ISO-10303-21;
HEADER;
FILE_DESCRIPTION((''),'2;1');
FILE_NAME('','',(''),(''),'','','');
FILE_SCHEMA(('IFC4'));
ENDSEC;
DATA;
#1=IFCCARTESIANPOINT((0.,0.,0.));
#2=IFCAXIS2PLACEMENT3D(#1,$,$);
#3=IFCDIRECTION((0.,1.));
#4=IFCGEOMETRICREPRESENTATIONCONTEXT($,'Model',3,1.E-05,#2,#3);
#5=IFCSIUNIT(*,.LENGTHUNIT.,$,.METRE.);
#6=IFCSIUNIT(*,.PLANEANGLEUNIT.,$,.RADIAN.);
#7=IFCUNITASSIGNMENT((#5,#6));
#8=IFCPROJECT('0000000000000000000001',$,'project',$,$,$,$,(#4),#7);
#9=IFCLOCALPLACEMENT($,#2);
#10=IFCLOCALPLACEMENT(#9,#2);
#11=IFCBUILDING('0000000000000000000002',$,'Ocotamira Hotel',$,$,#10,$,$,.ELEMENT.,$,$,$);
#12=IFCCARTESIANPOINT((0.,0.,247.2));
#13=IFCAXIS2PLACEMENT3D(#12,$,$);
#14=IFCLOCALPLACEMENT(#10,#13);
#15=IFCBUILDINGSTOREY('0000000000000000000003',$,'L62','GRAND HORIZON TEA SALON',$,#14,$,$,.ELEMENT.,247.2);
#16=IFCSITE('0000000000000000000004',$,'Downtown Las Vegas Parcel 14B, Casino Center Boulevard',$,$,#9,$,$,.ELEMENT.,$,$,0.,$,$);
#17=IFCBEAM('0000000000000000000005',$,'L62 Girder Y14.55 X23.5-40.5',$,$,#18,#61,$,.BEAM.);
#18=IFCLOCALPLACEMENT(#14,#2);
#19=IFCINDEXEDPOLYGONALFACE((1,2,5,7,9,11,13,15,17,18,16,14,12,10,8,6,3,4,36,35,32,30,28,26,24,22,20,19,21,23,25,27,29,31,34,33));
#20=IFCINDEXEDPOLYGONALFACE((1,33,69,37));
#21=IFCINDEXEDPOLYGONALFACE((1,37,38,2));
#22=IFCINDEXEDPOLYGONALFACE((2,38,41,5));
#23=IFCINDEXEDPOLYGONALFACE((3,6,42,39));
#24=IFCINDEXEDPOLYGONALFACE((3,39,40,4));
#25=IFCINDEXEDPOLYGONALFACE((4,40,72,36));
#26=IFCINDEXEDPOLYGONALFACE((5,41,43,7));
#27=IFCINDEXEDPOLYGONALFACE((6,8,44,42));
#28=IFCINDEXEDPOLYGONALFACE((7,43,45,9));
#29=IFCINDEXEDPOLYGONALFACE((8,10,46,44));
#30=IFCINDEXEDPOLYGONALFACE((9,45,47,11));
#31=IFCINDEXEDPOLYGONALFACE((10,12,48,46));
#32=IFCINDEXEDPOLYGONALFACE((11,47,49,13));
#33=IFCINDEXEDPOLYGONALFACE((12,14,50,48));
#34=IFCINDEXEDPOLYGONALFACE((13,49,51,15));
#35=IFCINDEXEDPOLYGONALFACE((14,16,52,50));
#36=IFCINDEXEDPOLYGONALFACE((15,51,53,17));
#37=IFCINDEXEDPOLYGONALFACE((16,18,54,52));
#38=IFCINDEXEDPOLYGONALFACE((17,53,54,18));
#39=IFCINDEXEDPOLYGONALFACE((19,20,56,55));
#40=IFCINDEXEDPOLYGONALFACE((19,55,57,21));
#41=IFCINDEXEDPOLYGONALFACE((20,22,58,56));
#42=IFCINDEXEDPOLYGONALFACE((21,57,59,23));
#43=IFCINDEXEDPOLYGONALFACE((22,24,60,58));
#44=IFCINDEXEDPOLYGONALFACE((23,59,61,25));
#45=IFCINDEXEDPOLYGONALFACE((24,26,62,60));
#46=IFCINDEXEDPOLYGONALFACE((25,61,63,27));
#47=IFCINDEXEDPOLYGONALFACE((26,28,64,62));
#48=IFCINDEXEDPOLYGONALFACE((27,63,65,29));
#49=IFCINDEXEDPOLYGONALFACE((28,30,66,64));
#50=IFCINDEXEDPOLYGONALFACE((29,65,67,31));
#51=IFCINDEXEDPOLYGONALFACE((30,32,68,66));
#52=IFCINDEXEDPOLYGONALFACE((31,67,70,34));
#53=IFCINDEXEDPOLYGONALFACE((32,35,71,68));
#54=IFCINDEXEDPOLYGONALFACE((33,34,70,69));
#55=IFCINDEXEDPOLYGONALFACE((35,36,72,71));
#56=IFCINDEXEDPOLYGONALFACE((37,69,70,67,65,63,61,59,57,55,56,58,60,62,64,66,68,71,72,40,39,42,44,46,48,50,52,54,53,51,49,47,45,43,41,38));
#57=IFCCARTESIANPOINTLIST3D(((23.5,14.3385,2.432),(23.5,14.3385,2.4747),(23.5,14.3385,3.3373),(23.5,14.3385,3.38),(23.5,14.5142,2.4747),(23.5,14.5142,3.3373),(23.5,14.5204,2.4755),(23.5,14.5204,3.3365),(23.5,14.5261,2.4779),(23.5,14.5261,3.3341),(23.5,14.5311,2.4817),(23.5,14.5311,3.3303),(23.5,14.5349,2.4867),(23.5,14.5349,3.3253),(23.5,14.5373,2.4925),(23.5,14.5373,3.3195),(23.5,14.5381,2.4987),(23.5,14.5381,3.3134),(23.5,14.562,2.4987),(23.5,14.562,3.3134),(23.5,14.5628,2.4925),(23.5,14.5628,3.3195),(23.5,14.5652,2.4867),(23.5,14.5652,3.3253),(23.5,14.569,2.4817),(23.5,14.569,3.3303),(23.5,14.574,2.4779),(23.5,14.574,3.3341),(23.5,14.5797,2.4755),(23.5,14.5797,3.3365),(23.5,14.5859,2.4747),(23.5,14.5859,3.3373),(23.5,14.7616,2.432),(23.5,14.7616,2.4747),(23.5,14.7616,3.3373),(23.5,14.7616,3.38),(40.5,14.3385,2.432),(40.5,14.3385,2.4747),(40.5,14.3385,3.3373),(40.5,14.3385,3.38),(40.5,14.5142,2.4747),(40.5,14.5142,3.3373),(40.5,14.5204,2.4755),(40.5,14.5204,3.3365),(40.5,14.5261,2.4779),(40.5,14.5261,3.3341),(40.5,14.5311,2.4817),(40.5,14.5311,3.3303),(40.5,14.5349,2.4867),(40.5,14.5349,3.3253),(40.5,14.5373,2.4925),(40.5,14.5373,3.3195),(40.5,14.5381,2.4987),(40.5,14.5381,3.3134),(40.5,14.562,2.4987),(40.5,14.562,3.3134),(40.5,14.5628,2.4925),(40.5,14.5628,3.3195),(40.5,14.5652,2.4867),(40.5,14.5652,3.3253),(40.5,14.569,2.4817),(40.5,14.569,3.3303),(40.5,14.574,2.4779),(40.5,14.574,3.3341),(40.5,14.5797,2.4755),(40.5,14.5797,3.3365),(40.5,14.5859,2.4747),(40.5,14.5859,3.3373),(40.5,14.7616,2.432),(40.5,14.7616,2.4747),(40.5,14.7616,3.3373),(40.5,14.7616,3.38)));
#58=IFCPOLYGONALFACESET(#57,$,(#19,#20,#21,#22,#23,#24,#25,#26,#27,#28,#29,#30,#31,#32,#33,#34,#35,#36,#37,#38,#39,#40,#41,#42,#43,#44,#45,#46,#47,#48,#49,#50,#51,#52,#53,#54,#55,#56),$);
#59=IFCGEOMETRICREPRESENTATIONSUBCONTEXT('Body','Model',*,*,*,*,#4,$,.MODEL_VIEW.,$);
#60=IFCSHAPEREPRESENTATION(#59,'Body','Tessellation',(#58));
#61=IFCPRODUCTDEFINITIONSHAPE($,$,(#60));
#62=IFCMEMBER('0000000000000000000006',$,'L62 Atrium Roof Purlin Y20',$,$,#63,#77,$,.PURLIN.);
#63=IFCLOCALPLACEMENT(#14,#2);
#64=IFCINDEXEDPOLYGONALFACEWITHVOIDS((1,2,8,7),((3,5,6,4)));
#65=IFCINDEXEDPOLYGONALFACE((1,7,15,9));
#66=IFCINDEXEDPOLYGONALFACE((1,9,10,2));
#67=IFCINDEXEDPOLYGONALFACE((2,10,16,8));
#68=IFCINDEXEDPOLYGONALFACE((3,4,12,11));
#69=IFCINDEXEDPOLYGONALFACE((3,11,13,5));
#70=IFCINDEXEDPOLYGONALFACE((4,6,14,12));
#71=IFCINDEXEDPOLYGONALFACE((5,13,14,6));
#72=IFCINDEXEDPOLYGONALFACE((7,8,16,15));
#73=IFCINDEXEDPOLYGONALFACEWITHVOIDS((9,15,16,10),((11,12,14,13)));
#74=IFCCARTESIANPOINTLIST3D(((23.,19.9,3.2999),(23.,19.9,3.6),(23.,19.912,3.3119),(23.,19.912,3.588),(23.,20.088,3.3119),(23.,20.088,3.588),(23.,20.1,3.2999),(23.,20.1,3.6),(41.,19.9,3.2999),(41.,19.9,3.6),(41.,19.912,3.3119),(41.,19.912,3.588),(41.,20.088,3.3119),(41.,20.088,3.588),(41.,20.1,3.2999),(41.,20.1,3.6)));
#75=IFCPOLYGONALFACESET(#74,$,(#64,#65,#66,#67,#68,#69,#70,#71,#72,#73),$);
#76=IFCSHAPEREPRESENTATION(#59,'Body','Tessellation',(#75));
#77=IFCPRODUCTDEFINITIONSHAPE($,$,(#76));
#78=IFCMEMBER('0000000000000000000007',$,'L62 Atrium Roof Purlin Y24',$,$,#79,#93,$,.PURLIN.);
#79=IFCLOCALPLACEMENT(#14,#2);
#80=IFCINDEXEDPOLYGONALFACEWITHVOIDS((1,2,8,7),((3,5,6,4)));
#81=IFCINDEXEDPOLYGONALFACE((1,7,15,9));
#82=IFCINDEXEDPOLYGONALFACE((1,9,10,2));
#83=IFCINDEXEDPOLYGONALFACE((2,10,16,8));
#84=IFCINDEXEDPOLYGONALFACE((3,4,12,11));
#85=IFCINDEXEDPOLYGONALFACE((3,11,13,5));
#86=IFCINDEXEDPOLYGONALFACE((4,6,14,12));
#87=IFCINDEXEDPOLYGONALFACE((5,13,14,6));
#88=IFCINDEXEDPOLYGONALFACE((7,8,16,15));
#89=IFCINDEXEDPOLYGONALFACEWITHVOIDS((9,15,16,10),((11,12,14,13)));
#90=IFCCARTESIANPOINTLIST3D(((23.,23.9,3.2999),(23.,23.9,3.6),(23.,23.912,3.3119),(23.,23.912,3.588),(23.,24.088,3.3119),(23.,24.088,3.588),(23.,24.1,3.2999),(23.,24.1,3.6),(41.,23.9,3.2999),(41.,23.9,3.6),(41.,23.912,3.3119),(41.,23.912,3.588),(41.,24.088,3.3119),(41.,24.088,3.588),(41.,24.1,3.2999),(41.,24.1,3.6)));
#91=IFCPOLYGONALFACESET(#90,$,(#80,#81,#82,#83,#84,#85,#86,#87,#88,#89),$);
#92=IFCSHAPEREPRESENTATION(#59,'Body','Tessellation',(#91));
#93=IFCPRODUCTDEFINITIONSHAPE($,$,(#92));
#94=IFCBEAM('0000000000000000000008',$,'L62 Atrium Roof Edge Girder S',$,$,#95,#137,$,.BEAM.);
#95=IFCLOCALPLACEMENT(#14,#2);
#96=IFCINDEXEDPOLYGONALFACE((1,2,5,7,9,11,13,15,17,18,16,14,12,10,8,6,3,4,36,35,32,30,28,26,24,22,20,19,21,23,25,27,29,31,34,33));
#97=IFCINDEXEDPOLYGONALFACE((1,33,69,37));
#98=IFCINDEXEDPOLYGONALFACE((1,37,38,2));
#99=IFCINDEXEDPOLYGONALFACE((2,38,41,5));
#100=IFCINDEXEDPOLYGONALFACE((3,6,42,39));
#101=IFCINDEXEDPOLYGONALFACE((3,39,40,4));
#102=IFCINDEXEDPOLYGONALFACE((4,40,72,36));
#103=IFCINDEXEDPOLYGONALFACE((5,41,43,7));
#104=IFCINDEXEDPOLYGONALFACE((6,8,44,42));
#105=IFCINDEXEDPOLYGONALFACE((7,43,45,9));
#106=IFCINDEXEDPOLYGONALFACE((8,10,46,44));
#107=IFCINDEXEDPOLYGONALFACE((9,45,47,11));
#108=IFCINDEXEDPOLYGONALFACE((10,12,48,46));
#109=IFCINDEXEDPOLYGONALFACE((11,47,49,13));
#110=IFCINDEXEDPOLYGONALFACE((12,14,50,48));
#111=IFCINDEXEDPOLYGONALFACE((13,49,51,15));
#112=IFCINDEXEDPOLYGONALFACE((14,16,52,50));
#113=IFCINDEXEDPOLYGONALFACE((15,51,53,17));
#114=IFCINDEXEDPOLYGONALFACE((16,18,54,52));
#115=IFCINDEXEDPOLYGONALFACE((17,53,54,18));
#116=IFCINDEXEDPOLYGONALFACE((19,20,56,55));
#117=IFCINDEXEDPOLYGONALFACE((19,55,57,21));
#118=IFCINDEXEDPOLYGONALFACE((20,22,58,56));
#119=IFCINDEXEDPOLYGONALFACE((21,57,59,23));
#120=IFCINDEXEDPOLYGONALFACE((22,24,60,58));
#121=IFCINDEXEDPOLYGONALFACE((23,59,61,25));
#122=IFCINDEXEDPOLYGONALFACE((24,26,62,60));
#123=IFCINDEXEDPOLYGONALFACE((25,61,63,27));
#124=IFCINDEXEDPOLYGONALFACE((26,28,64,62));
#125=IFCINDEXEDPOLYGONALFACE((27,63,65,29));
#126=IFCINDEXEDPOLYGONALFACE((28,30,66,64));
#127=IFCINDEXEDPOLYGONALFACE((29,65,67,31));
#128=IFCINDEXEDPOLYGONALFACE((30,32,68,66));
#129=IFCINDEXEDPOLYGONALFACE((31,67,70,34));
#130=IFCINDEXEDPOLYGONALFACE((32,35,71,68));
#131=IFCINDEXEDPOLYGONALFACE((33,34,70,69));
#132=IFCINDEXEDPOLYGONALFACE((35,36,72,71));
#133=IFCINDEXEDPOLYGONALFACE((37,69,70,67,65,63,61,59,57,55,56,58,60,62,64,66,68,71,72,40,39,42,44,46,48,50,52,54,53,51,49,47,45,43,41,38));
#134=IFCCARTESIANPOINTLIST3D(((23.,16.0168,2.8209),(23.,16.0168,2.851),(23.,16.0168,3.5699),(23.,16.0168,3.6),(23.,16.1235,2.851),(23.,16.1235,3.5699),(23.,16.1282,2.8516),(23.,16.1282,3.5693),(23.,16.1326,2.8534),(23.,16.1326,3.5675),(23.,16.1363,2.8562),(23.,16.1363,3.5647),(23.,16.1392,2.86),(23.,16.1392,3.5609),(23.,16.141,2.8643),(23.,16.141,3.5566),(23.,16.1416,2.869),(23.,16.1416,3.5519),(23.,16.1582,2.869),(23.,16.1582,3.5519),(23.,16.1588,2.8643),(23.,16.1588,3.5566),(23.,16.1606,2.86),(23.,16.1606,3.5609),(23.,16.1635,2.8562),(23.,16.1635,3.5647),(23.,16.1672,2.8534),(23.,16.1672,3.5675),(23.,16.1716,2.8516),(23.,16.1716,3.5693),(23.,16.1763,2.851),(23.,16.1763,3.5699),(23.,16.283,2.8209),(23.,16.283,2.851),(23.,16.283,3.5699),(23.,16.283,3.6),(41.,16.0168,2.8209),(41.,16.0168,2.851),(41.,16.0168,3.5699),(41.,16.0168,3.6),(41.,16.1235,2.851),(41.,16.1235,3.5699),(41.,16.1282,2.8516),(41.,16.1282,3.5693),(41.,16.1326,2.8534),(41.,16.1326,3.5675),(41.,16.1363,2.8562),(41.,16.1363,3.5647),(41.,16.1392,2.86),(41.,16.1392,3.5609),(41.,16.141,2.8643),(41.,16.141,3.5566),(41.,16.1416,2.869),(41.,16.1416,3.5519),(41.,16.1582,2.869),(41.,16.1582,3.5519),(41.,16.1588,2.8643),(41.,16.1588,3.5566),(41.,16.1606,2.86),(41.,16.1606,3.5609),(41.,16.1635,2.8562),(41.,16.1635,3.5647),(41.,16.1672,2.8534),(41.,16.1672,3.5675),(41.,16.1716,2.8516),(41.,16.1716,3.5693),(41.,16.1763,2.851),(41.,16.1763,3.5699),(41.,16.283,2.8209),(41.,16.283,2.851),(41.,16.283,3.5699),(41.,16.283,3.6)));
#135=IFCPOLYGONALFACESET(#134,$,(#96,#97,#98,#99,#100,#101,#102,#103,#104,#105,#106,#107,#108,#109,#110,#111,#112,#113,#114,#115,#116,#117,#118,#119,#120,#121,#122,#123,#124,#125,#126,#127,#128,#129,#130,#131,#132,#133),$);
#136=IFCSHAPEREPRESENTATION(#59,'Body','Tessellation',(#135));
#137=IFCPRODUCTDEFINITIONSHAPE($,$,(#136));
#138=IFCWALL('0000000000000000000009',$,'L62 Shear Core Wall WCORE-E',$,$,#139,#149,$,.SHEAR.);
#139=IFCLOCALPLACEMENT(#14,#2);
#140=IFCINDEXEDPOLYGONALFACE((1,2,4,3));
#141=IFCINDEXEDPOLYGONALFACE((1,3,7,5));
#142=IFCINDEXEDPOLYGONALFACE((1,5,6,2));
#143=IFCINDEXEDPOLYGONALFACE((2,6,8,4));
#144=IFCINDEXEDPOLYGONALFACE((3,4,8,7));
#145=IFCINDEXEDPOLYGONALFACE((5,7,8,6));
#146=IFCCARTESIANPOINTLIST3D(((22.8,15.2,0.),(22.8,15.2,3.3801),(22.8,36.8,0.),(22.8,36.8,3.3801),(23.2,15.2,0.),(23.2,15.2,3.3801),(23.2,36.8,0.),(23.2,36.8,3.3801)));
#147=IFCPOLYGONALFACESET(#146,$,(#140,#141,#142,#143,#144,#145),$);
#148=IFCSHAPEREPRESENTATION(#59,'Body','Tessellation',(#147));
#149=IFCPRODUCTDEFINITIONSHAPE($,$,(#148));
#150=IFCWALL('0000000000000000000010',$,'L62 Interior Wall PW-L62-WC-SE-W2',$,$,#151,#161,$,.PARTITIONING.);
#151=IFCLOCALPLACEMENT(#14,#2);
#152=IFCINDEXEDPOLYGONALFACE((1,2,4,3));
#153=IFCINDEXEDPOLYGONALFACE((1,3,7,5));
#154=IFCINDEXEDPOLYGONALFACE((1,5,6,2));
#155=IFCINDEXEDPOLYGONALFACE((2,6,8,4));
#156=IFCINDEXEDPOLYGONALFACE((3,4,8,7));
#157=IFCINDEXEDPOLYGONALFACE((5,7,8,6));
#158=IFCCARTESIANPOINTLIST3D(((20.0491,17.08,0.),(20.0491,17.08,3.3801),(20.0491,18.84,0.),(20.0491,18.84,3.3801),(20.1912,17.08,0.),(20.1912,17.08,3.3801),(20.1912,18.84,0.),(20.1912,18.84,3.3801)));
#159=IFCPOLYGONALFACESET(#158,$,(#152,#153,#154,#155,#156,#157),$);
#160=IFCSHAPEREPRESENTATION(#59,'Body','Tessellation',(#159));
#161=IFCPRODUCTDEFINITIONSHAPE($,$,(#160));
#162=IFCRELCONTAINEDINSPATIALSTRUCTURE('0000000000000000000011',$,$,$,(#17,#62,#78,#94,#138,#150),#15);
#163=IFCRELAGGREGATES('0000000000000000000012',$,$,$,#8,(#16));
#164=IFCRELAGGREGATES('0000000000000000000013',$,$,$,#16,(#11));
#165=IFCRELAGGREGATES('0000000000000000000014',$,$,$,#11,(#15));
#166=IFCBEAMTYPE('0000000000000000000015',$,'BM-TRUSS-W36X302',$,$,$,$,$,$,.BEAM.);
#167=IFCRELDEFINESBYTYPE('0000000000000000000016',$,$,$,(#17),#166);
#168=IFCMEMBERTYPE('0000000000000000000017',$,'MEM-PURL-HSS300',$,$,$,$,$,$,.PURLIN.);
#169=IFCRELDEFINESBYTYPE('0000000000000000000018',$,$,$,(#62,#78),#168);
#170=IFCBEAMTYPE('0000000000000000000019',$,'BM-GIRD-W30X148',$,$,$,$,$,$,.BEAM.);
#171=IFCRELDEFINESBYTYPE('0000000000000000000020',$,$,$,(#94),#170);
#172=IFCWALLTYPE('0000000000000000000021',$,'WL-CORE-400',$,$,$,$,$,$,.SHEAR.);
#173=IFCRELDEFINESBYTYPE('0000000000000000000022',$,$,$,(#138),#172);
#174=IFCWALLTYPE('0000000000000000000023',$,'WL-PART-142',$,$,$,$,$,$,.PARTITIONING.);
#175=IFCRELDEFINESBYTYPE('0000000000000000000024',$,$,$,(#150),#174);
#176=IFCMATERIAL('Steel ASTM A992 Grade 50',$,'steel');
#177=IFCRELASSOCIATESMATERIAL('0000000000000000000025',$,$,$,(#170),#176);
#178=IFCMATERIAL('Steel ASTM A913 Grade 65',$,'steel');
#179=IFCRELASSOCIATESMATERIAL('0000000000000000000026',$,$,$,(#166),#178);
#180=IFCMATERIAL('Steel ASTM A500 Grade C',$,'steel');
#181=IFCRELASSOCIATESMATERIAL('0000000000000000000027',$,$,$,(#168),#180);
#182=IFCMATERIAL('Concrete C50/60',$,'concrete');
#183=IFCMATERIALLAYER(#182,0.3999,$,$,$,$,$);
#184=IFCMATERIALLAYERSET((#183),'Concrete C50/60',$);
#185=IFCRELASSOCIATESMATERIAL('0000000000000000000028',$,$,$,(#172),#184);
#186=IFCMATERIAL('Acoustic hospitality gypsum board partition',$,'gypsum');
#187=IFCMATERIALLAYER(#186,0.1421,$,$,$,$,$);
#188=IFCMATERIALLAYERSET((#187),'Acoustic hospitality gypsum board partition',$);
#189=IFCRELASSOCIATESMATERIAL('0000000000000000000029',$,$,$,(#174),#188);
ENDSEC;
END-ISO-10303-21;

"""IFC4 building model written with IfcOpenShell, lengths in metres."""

from ifc_helpers import new_model, si_unit, direction, frame, frame_2d, origin, origin_2d, place, context, subcontext, project, spatial, rectangle, hollow_rectangle, i_section, extrude, source, transform, mapped, material, layer, layer_set, material_profile, profile_set, type_object, element, save


model = new_model("IFC4")

# Units and contexts
model_context = context("Model", 3, precision=1e-05, world=origin(), true_north=direction((0.0, 1.0)))
body_context = subcontext(model_context, "Body", "Model", "MODEL_VIEW")
ifc_project = project(units=[si_unit("LENGTHUNIT", "METRE"), si_unit("PLANEANGLEUNIT", "RADIAN")], contexts=[model_context])

# Site, building, storey
site_placement = place(None, origin())
site = spatial("IfcSite", under=ifc_project, at=site_placement, Name="Downtown Las Vegas Parcel 14B, Casino Center Boulevard", CompositionType="ELEMENT", RefElevation=0.0)
building_placement = place(site_placement, origin())
building = spatial("IfcBuilding", under=site, at=building_placement, Name="Ocotamira Hotel", CompositionType="ELEMENT")
storey_placement = place(building_placement, frame((0.0, 0.0, 247.2)))
storey = spatial("IfcBuildingStorey", under=building, at=storey_placement, Name="L62", Description="GRAND HORIZON TEA SALON", CompositionType="ELEMENT", Elevation=247.2)

# Shared definitions
ifc_material_1 = material(Name="Steel ASTM A992 Grade 50", Category="steel")
ifc_material_2 = material(Name="Steel ASTM A913 Grade 65", Category="steel")

# Beam
ifc_material_3 = material(Name="Steel ASTM A500 Grade C", Category="steel")
ifc_material_profile_1 = material_profile(ifc_material_1, i_section(OverallWidth=0.2661, OverallDepth=0.7791, WebThickness=0.0166, FlangeThickness=0.03, FilletRadius=0.0181, at=origin_2d()), Name="W30X148")
ifc_profile_set_1 = profile_set([ifc_material_profile_1], Name="Steel ASTM A992 Grade 50")
beam_type_1 = type_object("IfcBeamType", Name="BM-GIRD-W30X148", PredefinedType="BEAM", material=ifc_profile_set_1)
ifc_material_profile_2 = material_profile(ifc_material_2, i_section(OverallWidth=0.4231, OverallDepth=0.948, WebThickness=0.0239, FlangeThickness=0.0427, FilletRadius=0.0239, at=origin_2d()), Name="W36X302")
ifc_profile_set_2 = profile_set([ifc_material_profile_2], Name="Steel ASTM A913 Grade 65")
beam_type_2 = type_object("IfcBeamType", Name="BM-TRUSS-W36X302", PredefinedType="BEAM", material=ifc_profile_set_2)
shared_shape_1 = source(origin(), body_context, "Body", "SweptSolid", [
    extrude(i_section(OverallWidth=0.4231, OverallDepth=0.948, WebThickness=0.0239, FlangeThickness=0.0427, FilletRadius=0.0239, at=origin_2d()), origin(), (0.0, 0.0, 1.0), 17.0),
])
beam_1_placement = place(storey_placement, frame((23.5, 14.55, 2.906), z_axis=(1.0, 0.0, 0.0), x_axis=(0.0, 1.0, 0.0)))
element("IfcBeam", 1, at=beam_1_placement, inside=storey, type_object=beam_type_2, Name="L62 Girder Y14.55 X23.5-40.5", PredefinedType="BEAM", context=body_context, shape_type="MappedRepresentation", body=[
    mapped(shared_shape_1, transform((0.0, 0.0, 0.0), scale=1.0)),
])

# Members
ifc_material_profile_3 = material_profile(ifc_material_3, hollow_rectangle(XDim=0.2, YDim=0.3, WallThickness=0.012, at=origin_2d()), Name="HSS300X200X12")
ifc_profile_set_3 = profile_set([ifc_material_profile_3], Name="Steel ASTM A500 Grade C")
member_type = type_object("IfcMemberType", Name="MEM-PURL-HSS300", PredefinedType="PURLIN", material=ifc_profile_set_3)
shared_shape_2 = source(origin(), body_context, "Body", "SweptSolid", [
    extrude(hollow_rectangle(XDim=0.2, YDim=0.3, WallThickness=0.012, at=origin_2d()), origin(), (0.0, 0.0, 1.0), 18.0),
])
for number, where, z_axis, x_axis, name in (
    (2, (23.0, 20.0, 3.45), (1.0, 0.0, 0.0), (0.0, 1.0, 0.0), "L62 Atrium Roof Purlin Y20"),
    (3, (23.0, 24.0, 3.45), (1.0, 0.0, 0.0), (0.0, 1.0, 0.0), "L62 Atrium Roof Purlin Y24"),
):
    element("IfcMember", number, at=place(storey_placement, frame(where, z_axis=z_axis, x_axis=x_axis)), inside=storey, type_object=member_type, Name=name, PredefinedType="PURLIN", context=body_context, shape_type="MappedRepresentation", body=[
        mapped(shared_shape_2, transform((0.0, 0.0, 0.0), scale=1.0)),
    ])

# Beam
shared_shape_3 = source(origin(), body_context, "Body", "SweptSolid", [
    extrude(i_section(OverallWidth=0.2661, OverallDepth=0.7791, WebThickness=0.0166, FlangeThickness=0.03, FilletRadius=0.0181, at=origin_2d()), origin(), (0.0, 0.0, 1.0), 18.0),
])
beam_2_placement = place(storey_placement, frame((23.0, 16.1499, 3.2104), z_axis=(1.0, 0.0, 0.0), x_axis=(0.0, 1.0, 0.0)))
element("IfcBeam", 4, at=beam_2_placement, inside=storey, type_object=beam_type_1, Name="L62 Atrium Roof Edge Girder S", PredefinedType="BEAM", context=body_context, shape_type="MappedRepresentation", body=[
    mapped(shared_shape_3, transform((0.0, 0.0, 0.0), scale=1.0)),
])

# Walls
ifc_material_4 = material(Name="Concrete C50/60", Category="concrete")
ifc_layer_1 = layer(ifc_material_4, 0.3999)
ifc_layer_set_1 = layer_set([ifc_layer_1], Name="Concrete C50/60")
wall_type_1 = type_object("IfcWallType", Name="WL-CORE-400", PredefinedType="SHEAR", material=ifc_layer_set_1)
wall_1_placement = place(storey_placement, frame((23.0, 15.2, 0.0), z_axis=(0.0, 0.0, 1.0), x_axis=(0.0, 1.0, 0.0)))
element("IfcWall", 5, at=wall_1_placement, inside=storey, type_object=wall_type_1, Name="L62 Shear Core Wall WCORE-E", PredefinedType="SHEAR", context=body_context, shape_type="SweptSolid", body=[
    extrude(rectangle(XDim=21.6001, YDim=0.3999, at=frame_2d((10.8, 0.0))), origin(), (0.0, 0.0, 1.0), 3.3801),
])
ifc_material_5 = material(Name="Acoustic hospitality gypsum board partition", Category="gypsum")
ifc_layer_2 = layer(ifc_material_5, 0.1421)
ifc_layer_set_2 = layer_set([ifc_layer_2], Name="Acoustic hospitality gypsum board partition")
wall_type_2 = type_object("IfcWallType", Name="WL-PART-142", PredefinedType="PARTITIONING", material=ifc_layer_set_2)
wall_2_placement = place(storey_placement, frame((20.1201, 17.0801, 0.0), z_axis=(0.0, 0.0, 1.0), x_axis=(0.0, 1.0, 0.0)))
element("IfcWall", 6, at=wall_2_placement, inside=storey, type_object=wall_type_2, Name="L62 Interior Wall PW-L62-WC-SE-W2", PredefinedType="PARTITIONING", context=body_context, shape_type="SweptSolid", body=[
    extrude(rectangle(XDim=1.76, YDim=0.1421, at=frame_2d((0.8799, 0.0))), origin(), (0.0, 0.0, 1.0), 3.3801),
])

save(model, "model.ifc")
